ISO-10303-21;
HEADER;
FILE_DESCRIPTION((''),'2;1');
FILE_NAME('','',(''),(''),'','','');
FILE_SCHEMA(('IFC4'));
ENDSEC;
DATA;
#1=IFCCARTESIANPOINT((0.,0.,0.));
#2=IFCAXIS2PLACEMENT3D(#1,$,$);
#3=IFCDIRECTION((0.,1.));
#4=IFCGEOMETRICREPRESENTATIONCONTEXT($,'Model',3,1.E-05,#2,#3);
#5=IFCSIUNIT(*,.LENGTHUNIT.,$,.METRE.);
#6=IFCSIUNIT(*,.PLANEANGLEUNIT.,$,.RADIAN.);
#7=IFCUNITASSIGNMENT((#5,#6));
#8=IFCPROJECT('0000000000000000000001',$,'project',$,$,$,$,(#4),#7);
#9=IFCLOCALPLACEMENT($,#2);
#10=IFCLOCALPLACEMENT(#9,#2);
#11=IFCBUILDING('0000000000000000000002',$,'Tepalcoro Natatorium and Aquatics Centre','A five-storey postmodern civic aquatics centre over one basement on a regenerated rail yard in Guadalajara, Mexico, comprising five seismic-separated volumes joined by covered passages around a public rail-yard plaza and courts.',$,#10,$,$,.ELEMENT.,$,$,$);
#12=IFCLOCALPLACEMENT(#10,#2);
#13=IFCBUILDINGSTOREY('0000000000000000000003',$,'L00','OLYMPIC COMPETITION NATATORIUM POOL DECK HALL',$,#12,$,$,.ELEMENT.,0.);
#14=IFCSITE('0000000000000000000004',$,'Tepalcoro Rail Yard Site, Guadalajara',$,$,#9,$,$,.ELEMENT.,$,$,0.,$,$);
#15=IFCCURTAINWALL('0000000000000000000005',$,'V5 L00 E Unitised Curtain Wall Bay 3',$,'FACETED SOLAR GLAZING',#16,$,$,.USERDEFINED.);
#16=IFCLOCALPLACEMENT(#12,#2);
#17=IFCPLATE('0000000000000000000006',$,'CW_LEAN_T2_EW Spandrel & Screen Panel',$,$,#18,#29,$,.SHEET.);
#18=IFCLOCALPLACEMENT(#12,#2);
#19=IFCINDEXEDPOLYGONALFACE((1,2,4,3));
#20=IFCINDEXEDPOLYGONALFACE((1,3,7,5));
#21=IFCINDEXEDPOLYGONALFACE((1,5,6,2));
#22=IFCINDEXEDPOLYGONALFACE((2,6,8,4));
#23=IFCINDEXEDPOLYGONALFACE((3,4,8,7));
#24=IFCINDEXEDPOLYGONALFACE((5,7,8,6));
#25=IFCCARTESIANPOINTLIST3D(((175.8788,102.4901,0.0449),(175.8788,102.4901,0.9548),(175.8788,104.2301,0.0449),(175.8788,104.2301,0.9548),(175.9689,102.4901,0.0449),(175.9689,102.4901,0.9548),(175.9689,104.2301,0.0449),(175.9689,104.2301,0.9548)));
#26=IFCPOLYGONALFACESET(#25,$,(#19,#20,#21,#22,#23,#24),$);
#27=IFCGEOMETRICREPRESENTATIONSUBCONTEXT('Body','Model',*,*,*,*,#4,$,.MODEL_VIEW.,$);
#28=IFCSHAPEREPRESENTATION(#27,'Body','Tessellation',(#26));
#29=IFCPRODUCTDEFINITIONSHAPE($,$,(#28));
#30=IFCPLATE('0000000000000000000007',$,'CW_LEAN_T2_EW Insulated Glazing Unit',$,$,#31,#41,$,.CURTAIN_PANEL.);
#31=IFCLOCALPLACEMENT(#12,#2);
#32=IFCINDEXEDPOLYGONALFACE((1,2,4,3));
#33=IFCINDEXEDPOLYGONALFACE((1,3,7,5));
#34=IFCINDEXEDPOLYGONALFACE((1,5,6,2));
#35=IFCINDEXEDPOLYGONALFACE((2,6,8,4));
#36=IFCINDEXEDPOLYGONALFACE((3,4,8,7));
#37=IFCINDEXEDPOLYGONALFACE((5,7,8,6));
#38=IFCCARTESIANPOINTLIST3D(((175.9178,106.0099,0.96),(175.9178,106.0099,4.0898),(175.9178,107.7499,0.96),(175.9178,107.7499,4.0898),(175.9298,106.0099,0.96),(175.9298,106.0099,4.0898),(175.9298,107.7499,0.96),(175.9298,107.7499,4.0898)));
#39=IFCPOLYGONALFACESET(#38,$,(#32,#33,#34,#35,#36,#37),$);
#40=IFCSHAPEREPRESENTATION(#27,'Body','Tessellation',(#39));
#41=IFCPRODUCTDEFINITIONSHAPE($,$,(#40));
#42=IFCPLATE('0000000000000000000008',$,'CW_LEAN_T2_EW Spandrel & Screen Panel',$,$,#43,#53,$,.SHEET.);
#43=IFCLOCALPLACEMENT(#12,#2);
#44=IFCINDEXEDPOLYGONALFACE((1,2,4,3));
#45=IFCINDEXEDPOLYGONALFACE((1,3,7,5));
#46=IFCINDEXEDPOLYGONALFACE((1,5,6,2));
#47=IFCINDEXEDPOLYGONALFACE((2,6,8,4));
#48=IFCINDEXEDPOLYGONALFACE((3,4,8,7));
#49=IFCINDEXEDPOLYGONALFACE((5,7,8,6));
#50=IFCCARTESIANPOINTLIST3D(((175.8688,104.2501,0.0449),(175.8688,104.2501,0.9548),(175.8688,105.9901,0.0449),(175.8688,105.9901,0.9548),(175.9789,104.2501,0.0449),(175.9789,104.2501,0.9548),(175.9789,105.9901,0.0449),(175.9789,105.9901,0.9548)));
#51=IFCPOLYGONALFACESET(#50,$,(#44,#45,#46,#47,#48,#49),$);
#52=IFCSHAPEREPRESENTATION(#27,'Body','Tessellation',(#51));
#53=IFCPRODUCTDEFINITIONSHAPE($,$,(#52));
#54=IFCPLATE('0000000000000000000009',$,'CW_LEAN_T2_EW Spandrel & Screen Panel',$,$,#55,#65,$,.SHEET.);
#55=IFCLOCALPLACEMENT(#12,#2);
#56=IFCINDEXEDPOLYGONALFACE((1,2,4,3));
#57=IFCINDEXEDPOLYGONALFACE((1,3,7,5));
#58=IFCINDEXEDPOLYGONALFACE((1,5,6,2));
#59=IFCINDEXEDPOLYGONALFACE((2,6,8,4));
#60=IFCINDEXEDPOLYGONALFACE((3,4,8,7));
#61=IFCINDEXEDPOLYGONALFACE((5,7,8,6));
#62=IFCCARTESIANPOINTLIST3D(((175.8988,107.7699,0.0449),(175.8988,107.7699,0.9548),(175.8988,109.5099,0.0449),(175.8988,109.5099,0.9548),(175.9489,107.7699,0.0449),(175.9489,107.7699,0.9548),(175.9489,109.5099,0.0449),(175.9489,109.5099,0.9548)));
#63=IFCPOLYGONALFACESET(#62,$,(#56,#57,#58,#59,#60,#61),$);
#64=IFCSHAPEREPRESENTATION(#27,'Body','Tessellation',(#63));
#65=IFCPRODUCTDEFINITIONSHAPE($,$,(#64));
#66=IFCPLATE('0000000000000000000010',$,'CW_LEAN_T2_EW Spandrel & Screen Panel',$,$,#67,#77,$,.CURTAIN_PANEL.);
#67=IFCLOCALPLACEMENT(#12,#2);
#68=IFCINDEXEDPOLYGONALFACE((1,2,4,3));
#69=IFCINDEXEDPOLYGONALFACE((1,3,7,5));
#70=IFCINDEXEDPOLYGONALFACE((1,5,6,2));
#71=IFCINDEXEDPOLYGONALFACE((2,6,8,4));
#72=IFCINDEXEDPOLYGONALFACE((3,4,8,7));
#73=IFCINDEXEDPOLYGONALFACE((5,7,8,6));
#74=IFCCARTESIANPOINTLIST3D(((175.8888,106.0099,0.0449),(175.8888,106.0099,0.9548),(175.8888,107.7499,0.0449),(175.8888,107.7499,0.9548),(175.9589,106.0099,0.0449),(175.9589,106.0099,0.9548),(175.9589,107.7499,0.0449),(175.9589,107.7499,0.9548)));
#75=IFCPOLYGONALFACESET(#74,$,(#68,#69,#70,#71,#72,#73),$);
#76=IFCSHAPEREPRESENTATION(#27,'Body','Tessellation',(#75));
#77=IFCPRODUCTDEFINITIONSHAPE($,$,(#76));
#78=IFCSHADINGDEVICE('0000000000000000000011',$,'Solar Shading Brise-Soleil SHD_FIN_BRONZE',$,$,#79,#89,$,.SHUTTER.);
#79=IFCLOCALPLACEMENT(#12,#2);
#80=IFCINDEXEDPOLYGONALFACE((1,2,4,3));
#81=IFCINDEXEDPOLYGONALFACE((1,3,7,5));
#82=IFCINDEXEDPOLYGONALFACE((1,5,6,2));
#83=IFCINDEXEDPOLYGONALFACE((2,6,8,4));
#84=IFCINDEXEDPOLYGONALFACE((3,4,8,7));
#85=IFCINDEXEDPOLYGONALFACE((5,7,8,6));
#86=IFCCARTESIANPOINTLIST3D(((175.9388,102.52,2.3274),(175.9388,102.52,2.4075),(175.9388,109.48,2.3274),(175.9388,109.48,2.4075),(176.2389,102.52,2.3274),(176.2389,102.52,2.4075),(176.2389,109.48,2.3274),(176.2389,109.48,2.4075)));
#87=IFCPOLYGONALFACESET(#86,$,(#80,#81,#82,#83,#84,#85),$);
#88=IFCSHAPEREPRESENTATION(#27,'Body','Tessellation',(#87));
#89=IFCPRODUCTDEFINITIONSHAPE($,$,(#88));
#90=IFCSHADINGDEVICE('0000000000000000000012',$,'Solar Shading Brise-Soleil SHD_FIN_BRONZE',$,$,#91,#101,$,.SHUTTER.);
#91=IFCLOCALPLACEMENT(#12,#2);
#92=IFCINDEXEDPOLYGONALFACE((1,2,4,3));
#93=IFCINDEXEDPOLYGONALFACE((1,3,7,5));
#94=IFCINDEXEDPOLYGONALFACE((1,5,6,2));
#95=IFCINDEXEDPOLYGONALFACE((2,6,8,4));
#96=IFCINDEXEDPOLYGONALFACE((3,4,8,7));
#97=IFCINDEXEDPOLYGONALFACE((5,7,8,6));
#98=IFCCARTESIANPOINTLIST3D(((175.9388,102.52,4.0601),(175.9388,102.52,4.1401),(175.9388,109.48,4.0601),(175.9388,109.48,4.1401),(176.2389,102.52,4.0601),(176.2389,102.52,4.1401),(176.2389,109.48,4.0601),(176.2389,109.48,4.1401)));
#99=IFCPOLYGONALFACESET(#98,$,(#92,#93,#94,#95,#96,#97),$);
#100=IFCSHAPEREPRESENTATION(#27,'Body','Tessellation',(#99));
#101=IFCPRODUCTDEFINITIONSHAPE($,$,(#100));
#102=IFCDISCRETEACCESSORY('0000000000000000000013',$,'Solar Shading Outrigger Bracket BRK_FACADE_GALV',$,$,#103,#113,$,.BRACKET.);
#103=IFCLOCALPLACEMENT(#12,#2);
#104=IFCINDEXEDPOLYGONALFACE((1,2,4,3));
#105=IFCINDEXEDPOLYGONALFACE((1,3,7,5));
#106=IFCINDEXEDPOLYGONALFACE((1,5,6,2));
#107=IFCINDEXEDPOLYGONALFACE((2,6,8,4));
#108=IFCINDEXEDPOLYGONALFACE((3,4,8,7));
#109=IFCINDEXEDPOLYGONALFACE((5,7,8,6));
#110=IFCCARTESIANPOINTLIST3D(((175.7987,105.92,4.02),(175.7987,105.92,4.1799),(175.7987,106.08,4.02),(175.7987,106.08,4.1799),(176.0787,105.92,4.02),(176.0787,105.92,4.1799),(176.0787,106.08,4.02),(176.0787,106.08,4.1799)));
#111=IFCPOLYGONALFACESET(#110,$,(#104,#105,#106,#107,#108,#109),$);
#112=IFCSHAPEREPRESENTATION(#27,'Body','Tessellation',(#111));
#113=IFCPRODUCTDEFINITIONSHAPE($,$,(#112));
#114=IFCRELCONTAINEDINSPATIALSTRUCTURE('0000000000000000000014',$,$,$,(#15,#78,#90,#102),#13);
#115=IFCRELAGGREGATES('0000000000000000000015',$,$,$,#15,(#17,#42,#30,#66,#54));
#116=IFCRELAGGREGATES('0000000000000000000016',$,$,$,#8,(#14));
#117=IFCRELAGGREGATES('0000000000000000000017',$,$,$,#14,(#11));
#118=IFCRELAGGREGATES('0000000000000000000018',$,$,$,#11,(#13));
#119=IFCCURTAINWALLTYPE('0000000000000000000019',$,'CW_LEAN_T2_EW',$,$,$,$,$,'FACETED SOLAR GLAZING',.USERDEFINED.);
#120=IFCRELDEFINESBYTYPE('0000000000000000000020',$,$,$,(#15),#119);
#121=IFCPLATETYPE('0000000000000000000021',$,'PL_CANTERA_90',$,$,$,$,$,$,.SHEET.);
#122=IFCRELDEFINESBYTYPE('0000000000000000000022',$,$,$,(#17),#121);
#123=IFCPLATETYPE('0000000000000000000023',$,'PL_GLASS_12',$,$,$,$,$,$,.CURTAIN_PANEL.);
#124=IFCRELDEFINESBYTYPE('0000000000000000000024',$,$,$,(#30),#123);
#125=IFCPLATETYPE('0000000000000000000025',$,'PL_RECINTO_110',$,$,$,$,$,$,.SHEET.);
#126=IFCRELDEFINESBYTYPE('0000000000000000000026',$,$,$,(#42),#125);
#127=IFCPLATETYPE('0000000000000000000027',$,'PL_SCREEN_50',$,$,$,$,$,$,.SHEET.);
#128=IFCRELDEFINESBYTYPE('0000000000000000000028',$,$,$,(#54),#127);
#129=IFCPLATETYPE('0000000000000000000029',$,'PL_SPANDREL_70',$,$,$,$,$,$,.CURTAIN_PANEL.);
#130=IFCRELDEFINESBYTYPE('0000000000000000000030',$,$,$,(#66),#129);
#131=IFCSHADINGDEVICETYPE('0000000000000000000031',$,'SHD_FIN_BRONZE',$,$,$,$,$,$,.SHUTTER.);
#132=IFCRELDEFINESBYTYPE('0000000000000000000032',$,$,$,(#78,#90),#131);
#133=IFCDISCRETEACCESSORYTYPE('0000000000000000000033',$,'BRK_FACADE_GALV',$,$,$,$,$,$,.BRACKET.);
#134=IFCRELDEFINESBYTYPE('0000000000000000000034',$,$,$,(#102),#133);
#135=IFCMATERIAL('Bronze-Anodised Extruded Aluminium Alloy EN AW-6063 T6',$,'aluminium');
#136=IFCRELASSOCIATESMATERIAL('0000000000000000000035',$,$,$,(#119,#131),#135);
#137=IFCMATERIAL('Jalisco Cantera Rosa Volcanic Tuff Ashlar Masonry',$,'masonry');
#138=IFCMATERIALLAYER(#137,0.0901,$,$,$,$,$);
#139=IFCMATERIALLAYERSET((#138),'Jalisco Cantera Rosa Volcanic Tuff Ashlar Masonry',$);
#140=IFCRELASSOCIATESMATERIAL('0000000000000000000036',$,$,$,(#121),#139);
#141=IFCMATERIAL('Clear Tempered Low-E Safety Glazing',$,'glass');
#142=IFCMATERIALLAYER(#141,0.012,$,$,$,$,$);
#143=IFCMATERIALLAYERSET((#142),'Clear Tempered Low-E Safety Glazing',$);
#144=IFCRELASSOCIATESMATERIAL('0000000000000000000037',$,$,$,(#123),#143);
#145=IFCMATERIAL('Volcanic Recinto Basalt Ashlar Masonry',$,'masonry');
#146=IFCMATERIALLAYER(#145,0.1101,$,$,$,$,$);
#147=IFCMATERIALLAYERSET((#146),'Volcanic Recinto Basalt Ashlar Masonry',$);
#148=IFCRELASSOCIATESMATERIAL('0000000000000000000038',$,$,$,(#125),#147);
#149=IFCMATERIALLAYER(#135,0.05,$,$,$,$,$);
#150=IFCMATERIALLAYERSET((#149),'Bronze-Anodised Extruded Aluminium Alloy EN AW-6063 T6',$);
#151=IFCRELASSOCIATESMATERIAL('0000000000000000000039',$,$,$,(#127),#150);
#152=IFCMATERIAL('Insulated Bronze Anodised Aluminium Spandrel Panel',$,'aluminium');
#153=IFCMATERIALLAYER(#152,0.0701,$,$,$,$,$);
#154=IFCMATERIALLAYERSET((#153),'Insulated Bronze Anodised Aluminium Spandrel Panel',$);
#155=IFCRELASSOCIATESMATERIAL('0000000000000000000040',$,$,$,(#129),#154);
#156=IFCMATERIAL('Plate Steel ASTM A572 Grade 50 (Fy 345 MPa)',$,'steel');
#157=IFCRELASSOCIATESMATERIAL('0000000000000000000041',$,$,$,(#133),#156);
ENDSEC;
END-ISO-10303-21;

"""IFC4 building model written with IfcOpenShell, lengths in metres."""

from ifc_helpers import new_model, si_unit, direction, frame, origin, origin_2d, place, context, subcontext, project, spatial, rectangle, extrude, material, layer, layer_set, type_object, element, aggregate, save


model = new_model("IFC4")

# Units and contexts
model_context = context("Model", 3, precision=1e-05, world=origin(), true_north=direction((0.0, 1.0)))
body_context = subcontext(model_context, "Body", "Model", "MODEL_VIEW")
ifc_project = project(units=[si_unit("LENGTHUNIT", "METRE"), si_unit("PLANEANGLEUNIT", "RADIAN")], contexts=[model_context])

# Site, building, storey
site_placement = place(None, origin())
site = spatial("IfcSite", under=ifc_project, at=site_placement, Name="Tepalcoro Rail Yard Site, Guadalajara", CompositionType="ELEMENT", RefElevation=0.0)
building_placement = place(site_placement, origin())
building = spatial("IfcBuilding", under=site, at=building_placement, Name="Tepalcoro Natatorium and Aquatics Centre", Description="A five-storey postmodern civic aquatics centre over one basement on a regenerated rail yard in Guadalajara, Mexico, comprising five seismic-separated volumes joined by covered passages around a public rail-yard plaza and courts.", CompositionType="ELEMENT")
storey_placement = place(building_placement, origin())
storey = spatial("IfcBuildingStorey", under=building, at=storey_placement, Name="L00", Description="OLYMPIC COMPETITION NATATORIUM POOL DECK HALL", CompositionType="ELEMENT", Elevation=0.0)

# Curtain wall
ifc_material_1 = material(Name="Bronze-Anodised Extruded Aluminium Alloy EN AW-6063 T6", Category="aluminium")
curtain_wall_type_1 = type_object("IfcCurtainWallType", Name="CW_LEAN_T2_EW", ElementType="FACETED SOLAR GLAZING", PredefinedType="USERDEFINED", material=ifc_material_1)
curtain_wall_1_placement = place(storey_placement, origin())
curtain_wall_1 = element("IfcCurtainWall", 1, at=curtain_wall_1_placement, inside=storey, type_object=curtain_wall_type_1, Name="V5 L00 E Unitised Curtain Wall Bay 3", ObjectType="FACETED SOLAR GLAZING", PredefinedType="USERDEFINED")

# Plates
ifc_material_2 = material(Name="Jalisco Cantera Rosa Volcanic Tuff Ashlar Masonry", Category="masonry")
ifc_layer_1 = layer(ifc_material_2, 0.0901)
ifc_layer_set_1 = layer_set([ifc_layer_1], Name="Jalisco Cantera Rosa Volcanic Tuff Ashlar Masonry")
plate_type_1 = type_object("IfcPlateType", Name="PL_CANTERA_90", PredefinedType="SHEET", material=ifc_layer_set_1)
plate_1_placement = place(storey_placement, frame((175.9238, 103.3601, 0.0449), z_axis=(0.0, 0.0, 1.0), x_axis=(1.0, 0.0, 0.0)))
plate_1 = element("IfcPlate", 2, at=plate_1_placement, type_object=plate_type_1, Name="CW_LEAN_T2_EW Spandrel & Screen Panel", PredefinedType="SHEET", context=body_context, shape_type="SweptSolid", body=[
    extrude(rectangle(XDim=0.0901, YDim=1.74, at=origin_2d()), origin(), (0.0, 0.0, 1.0), 0.9099),
])
ifc_material_3 = material(Name="Clear Tempered Low-E Safety Glazing", Category="glass")
ifc_layer_2 = layer(ifc_material_3, 0.012)
ifc_layer_set_2 = layer_set([ifc_layer_2], Name="Clear Tempered Low-E Safety Glazing")
plate_type_2 = type_object("IfcPlateType", Name="PL_GLASS_12", PredefinedType="CURTAIN_PANEL", material=ifc_layer_set_2)
plate_2_placement = place(storey_placement, frame((175.9238, 106.8799, 0.96), z_axis=(0.0, 0.0, 1.0), x_axis=(1.0, 0.0, 0.0)))
plate_2 = element("IfcPlate", 3, at=plate_2_placement, type_object=plate_type_2, Name="CW_LEAN_T2_EW Insulated Glazing Unit", PredefinedType="CURTAIN_PANEL", context=body_context, shape_type="SweptSolid", body=[
    extrude(rectangle(XDim=0.012, YDim=1.74, at=origin_2d()), origin(), (0.0, 0.0, 1.0), 3.1299),
])
ifc_material_4 = material(Name="Volcanic Recinto Basalt Ashlar Masonry", Category="masonry")
ifc_layer_3 = layer(ifc_material_4, 0.1101)
ifc_layer_set_3 = layer_set([ifc_layer_3], Name="Volcanic Recinto Basalt Ashlar Masonry")
plate_type_3 = type_object("IfcPlateType", Name="PL_RECINTO_110", PredefinedType="SHEET", material=ifc_layer_set_3)
plate_3_placement = place(storey_placement, frame((175.9238, 105.1201, 0.0449), z_axis=(0.0, 0.0, 1.0), x_axis=(1.0, 0.0, 0.0)))
plate_3 = element("IfcPlate", 4, at=plate_3_placement, type_object=plate_type_3, Name="CW_LEAN_T2_EW Spandrel & Screen Panel", PredefinedType="SHEET", context=body_context, shape_type="SweptSolid", body=[
    extrude(rectangle(XDim=0.1101, YDim=1.74, at=origin_2d()), origin(), (0.0, 0.0, 1.0), 0.9099),
])
ifc_layer_4 = layer(ifc_material_1, 0.05)
ifc_layer_set_4 = layer_set([ifc_layer_4], Name="Bronze-Anodised Extruded Aluminium Alloy EN AW-6063 T6")
plate_type_4 = type_object("IfcPlateType", Name="PL_SCREEN_50", PredefinedType="SHEET", material=ifc_layer_set_4)
plate_4_placement = place(storey_placement, frame((175.9238, 108.6399, 0.0449), z_axis=(0.0, 0.0, 1.0), x_axis=(1.0, 0.0, 0.0)))
plate_4 = element("IfcPlate", 5, at=plate_4_placement, type_object=plate_type_4, Name="CW_LEAN_T2_EW Spandrel & Screen Panel", PredefinedType="SHEET", context=body_context, shape_type="SweptSolid", body=[
    extrude(rectangle(XDim=0.05, YDim=1.74, at=origin_2d()), origin(), (0.0, 0.0, 1.0), 0.9099),
])
ifc_material_5 = material(Name="Insulated Bronze Anodised Aluminium Spandrel Panel", Category="aluminium")
ifc_layer_5 = layer(ifc_material_5, 0.0701)
ifc_layer_set_5 = layer_set([ifc_layer_5], Name="Insulated Bronze Anodised Aluminium Spandrel Panel")
plate_type_5 = type_object("IfcPlateType", Name="PL_SPANDREL_70", PredefinedType="CURTAIN_PANEL", material=ifc_layer_set_5)
plate_5_placement = place(storey_placement, frame((175.9238, 106.8799, 0.0449), z_axis=(0.0, 0.0, 1.0), x_axis=(1.0, 0.0, 0.0)))
plate_5 = element("IfcPlate", 6, at=plate_5_placement, type_object=plate_type_5, Name="CW_LEAN_T2_EW Spandrel & Screen Panel", PredefinedType="CURTAIN_PANEL", context=body_context, shape_type="SweptSolid", body=[
    extrude(rectangle(XDim=0.0701, YDim=1.74, at=origin_2d()), origin(), (0.0, 0.0, 1.0), 0.9099),
])
aggregate(curtain_wall_1, [plate_1, plate_3, plate_2, plate_5, plate_4])

# Shading devices
shading_device_type = type_object("IfcShadingDeviceType", Name="SHD_FIN_BRONZE", PredefinedType="SHUTTER", material=ifc_material_1)
for number, where, z_axis, x_axis, name in (
    (7, (176.0889, 106.0, 2.3274), (0.0, 0.0, 1.0), (1.0, 0.0, 0.0), "Solar Shading Brise-Soleil SHD_FIN_BRONZE"),
    (8, (176.0889, 106.0, 4.0601), (0.0, 0.0, 1.0), (1.0, 0.0, 0.0), "Solar Shading Brise-Soleil SHD_FIN_BRONZE"),
):
    element("IfcShadingDevice", number, at=place(storey_placement, frame(where, z_axis=z_axis, x_axis=x_axis)), inside=storey, type_object=shading_device_type, Name=name, PredefinedType="SHUTTER", context=body_context, shape_type="SweptSolid", body=[
        extrude(rectangle(XDim=0.3, YDim=6.96, at=origin_2d()), origin(), (0.0, 0.0, 1.0), 0.0801),
    ])

# Discrete accessory
ifc_material_6 = material(Name="Plate Steel ASTM A572 Grade 50 (Fy 345 MPa)", Category="steel")
discrete_accessory_type = type_object("IfcDiscreteAccessoryType", Name="BRK_FACADE_GALV", PredefinedType="BRACKET", material=ifc_material_6)
discrete_accessory_placement = place(storey_placement, frame((175.9387, 106.0, 4.02), z_axis=(0.0, 0.0, 1.0), x_axis=(1.0, 0.0, 0.0)))
element("IfcDiscreteAccessory", 9, at=discrete_accessory_placement, inside=storey, type_object=discrete_accessory_type, Name="Solar Shading Outrigger Bracket BRK_FACADE_GALV", PredefinedType="BRACKET", context=body_context, shape_type="SweptSolid", body=[
    extrude(rectangle(XDim=0.28, YDim=0.1599, at=origin_2d()), origin(), (0.0, 0.0, 1.0), 0.1599),
])

save(model, "model.ifc")
